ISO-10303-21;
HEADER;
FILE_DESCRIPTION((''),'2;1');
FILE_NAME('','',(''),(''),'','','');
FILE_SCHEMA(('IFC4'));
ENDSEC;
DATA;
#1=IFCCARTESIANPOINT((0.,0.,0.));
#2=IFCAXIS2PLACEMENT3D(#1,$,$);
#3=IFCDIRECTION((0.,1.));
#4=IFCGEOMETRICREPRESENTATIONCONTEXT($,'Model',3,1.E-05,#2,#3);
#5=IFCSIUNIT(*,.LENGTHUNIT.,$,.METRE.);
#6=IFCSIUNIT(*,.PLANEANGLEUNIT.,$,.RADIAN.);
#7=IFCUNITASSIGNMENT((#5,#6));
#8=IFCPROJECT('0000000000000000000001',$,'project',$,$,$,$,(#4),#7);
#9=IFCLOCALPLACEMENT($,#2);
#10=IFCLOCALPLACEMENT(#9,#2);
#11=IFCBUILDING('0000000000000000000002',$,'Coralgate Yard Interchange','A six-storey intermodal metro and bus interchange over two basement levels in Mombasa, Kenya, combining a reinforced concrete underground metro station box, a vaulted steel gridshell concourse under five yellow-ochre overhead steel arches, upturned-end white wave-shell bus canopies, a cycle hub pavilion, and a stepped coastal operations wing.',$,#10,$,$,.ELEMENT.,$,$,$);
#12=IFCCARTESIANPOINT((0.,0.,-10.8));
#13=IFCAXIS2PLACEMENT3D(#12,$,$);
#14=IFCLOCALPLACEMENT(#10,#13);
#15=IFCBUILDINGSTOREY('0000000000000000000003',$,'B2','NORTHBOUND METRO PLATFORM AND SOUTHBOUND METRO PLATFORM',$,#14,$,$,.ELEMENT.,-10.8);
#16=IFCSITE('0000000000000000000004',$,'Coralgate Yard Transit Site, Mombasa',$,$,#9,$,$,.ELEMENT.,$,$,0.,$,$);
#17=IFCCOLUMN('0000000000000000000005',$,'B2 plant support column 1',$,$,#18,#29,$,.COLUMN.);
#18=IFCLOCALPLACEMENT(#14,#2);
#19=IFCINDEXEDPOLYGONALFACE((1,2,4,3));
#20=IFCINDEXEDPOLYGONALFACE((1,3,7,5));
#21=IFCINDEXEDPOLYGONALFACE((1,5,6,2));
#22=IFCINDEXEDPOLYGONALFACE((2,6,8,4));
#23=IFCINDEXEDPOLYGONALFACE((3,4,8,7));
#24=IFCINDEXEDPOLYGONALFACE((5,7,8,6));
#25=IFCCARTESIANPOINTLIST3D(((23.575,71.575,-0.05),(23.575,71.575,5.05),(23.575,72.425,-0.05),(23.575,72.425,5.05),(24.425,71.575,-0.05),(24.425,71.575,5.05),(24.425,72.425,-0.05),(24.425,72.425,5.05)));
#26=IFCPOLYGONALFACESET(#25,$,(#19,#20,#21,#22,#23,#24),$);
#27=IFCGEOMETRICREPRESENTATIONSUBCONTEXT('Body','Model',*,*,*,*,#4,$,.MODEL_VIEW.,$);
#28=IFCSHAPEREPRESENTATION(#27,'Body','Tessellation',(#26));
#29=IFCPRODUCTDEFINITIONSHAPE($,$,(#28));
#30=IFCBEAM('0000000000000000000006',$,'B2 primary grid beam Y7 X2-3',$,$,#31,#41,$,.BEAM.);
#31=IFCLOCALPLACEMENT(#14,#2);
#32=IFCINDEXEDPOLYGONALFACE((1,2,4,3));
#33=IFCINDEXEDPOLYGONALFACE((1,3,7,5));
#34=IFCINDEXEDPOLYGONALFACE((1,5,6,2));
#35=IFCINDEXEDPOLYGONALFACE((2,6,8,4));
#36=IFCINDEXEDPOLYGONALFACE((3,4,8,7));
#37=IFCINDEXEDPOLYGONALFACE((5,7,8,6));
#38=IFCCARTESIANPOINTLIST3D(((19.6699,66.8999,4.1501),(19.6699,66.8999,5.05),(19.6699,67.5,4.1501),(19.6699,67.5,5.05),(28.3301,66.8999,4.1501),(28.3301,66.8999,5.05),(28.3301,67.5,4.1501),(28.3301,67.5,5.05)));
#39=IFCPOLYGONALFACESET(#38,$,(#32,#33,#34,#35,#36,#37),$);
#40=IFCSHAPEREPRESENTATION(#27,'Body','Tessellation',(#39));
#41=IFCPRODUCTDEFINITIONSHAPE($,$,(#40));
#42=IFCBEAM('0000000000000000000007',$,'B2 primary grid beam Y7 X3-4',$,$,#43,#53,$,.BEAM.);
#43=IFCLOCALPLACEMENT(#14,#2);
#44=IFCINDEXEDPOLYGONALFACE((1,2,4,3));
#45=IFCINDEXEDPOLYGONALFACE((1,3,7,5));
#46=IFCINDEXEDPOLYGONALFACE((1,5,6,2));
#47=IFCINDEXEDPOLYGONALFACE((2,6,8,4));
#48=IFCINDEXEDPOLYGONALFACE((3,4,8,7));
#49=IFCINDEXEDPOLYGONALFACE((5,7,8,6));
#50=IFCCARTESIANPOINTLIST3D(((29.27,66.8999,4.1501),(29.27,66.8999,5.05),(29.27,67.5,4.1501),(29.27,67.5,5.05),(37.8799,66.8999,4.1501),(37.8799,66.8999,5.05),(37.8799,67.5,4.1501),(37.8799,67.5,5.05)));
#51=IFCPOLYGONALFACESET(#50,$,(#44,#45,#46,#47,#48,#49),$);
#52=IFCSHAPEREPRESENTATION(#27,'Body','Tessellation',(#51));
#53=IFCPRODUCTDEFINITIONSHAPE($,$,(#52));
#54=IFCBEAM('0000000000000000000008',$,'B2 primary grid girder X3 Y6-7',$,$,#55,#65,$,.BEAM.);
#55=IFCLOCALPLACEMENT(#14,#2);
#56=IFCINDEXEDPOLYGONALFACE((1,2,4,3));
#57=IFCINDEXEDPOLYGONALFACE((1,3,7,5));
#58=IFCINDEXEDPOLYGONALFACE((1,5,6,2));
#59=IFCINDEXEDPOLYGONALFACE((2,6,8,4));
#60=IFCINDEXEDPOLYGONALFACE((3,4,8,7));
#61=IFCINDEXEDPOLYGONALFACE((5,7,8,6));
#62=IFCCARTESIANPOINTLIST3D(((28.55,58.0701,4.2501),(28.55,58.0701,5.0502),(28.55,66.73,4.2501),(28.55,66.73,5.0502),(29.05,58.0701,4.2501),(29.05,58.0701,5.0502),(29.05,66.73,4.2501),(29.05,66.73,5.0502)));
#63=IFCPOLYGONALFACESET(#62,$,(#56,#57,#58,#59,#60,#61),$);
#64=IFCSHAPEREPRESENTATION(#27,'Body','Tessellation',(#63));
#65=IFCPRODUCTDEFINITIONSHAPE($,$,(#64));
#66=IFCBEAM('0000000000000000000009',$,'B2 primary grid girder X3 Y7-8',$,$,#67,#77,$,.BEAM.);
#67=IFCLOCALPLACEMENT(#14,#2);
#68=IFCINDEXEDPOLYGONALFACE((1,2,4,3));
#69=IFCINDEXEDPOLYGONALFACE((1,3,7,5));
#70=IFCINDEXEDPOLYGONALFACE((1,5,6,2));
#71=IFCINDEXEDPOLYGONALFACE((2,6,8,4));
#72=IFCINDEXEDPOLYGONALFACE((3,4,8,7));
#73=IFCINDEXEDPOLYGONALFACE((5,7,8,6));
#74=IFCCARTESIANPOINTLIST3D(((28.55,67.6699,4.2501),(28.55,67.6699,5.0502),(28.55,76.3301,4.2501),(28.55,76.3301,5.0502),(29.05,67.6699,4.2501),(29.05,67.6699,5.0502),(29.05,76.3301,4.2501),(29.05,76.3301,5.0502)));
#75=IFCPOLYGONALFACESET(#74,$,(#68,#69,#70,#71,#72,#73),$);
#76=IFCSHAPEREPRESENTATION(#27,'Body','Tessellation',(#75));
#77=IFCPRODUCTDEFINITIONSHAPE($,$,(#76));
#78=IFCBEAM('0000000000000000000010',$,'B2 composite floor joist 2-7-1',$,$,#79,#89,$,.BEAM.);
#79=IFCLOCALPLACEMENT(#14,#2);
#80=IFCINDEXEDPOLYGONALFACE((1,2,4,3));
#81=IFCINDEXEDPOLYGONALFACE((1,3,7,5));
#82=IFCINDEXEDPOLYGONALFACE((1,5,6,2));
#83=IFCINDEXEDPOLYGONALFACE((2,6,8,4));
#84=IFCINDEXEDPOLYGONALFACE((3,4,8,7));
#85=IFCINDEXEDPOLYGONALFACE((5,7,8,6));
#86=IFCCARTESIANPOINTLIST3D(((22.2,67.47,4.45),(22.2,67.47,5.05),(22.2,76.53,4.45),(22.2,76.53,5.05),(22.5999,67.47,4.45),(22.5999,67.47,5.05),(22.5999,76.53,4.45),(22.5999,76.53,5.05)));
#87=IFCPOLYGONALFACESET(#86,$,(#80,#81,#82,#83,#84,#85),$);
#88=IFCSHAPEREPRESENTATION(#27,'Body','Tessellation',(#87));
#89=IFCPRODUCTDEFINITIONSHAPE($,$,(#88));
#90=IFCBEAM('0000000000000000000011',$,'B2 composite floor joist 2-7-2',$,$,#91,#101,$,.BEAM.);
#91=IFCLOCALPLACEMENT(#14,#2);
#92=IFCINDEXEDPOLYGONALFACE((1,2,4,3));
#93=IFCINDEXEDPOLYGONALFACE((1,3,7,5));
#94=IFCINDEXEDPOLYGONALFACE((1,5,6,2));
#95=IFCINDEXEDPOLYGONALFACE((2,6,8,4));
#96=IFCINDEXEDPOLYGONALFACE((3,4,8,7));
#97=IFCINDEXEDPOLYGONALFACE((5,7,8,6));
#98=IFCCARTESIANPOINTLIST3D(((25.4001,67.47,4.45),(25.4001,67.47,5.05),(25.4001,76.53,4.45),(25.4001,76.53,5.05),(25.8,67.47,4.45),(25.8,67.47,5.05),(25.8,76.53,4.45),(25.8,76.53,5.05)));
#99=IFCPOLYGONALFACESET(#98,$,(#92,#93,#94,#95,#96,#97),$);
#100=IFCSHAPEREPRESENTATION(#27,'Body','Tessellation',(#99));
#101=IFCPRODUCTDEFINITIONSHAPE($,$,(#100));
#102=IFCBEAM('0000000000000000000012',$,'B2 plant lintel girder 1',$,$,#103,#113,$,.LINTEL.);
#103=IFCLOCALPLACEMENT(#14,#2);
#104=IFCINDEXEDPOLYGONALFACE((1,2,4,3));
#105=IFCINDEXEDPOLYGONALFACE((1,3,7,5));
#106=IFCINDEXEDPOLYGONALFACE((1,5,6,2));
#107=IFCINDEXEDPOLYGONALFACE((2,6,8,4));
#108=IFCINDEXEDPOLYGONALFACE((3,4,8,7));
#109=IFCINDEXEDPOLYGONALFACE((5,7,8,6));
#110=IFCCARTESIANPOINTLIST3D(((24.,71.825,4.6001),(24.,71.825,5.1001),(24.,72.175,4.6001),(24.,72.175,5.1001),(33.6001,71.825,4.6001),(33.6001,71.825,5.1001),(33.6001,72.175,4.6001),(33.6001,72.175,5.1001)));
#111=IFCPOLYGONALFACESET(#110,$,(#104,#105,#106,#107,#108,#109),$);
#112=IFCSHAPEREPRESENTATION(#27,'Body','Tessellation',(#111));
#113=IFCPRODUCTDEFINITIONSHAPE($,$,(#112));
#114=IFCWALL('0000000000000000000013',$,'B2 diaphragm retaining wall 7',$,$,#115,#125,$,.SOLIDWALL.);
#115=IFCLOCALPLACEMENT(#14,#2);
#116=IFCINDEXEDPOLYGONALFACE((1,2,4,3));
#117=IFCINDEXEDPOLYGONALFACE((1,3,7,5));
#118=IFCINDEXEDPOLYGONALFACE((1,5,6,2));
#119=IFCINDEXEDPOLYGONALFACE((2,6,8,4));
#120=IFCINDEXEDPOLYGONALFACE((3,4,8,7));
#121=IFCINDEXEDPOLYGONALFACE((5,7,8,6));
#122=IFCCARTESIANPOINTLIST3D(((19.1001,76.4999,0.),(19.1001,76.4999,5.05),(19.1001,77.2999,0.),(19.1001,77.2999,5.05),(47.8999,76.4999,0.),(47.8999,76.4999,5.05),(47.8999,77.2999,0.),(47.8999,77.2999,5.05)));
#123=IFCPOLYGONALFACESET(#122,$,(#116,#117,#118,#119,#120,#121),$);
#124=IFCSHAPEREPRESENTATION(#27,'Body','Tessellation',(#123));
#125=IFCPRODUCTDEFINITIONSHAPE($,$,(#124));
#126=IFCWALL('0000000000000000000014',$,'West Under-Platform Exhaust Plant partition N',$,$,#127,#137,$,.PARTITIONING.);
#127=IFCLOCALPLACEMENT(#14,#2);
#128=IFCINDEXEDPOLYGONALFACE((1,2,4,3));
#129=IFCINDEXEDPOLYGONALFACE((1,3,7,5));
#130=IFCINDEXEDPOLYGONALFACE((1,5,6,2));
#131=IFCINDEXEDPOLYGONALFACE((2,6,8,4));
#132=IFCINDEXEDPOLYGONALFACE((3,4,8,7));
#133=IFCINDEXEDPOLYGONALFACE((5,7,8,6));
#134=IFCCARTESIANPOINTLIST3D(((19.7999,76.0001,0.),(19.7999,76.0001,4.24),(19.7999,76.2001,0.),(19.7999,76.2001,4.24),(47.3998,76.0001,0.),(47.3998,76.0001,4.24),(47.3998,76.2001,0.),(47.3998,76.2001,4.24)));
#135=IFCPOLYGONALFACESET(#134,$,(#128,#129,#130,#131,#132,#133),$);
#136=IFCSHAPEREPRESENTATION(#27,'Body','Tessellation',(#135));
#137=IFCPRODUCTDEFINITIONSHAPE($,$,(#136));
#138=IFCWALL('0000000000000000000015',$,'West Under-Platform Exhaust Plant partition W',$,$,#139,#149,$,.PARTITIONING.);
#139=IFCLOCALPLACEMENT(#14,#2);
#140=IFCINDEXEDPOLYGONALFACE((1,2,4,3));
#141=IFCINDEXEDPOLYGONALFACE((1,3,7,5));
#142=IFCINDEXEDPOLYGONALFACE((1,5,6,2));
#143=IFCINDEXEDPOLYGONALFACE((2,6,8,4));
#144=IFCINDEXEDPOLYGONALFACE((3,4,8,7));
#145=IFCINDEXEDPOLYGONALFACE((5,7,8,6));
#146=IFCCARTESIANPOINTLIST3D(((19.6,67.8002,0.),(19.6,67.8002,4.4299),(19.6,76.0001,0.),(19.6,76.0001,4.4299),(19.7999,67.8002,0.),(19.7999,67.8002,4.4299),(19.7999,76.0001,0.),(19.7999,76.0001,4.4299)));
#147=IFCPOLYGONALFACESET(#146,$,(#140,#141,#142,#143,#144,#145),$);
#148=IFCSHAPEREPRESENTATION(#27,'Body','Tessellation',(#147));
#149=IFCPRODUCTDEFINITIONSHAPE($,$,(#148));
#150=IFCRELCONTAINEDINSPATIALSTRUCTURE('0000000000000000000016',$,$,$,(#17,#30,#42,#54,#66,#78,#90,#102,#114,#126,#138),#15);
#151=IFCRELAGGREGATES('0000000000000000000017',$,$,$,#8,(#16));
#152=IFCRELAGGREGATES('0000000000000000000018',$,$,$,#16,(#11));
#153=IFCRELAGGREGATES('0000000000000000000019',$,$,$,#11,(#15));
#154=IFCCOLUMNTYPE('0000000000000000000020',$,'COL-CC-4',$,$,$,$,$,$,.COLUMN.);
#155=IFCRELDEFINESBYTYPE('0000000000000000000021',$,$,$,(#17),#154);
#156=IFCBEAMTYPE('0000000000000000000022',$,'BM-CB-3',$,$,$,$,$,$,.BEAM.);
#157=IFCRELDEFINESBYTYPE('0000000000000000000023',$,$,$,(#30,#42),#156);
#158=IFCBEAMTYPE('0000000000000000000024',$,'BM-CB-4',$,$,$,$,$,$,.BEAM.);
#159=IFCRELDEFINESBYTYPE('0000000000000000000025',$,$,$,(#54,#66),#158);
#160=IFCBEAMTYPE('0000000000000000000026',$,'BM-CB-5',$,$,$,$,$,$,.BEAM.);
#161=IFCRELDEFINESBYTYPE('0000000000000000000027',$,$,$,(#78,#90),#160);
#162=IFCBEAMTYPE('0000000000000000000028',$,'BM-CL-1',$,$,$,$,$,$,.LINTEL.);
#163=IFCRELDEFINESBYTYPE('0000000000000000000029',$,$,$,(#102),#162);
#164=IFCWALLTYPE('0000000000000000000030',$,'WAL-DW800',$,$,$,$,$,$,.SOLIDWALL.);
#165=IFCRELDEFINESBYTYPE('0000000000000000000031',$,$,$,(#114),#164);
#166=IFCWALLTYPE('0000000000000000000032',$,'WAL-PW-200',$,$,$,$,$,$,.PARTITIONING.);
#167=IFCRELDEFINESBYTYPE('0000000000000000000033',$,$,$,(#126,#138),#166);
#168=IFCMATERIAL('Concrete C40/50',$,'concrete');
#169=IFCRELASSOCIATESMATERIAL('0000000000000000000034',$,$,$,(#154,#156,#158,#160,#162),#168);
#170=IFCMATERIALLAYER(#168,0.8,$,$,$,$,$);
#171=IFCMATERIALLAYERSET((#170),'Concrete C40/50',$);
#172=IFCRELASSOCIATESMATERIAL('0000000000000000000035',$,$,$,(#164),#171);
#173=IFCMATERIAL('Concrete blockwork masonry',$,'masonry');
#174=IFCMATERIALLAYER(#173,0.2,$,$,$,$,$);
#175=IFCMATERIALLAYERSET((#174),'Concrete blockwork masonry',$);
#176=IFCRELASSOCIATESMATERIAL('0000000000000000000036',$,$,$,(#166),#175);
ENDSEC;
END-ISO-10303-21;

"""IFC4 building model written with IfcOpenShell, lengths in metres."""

from ifc_helpers import new_model, si_unit, direction, frame, frame_2d, origin, origin_2d, place, context, subcontext, project, spatial, rectangle, extrude, material, layer, layer_set, material_profile, profile_set, type_object, element, save


model = new_model("IFC4")

# Units and contexts
model_context = context("Model", 3, precision=1e-05, world=origin(), true_north=direction((0.0, 1.0)))
body_context = subcontext(model_context, "Body", "Model", "MODEL_VIEW")
ifc_project = project(units=[si_unit("LENGTHUNIT", "METRE"), si_unit("PLANEANGLEUNIT", "RADIAN")], contexts=[model_context])

# Site, building, storey
site_placement = place(None, origin())
site = spatial("IfcSite", under=ifc_project, at=site_placement, Name="Coralgate Yard Transit Site, Mombasa", CompositionType="ELEMENT", RefElevation=0.0)
building_placement = place(site_placement, origin())
building = spatial("IfcBuilding", under=site, at=building_placement, Name="Coralgate Yard Interchange", Description="A six-storey intermodal metro and bus interchange over two basement levels in Mombasa, Kenya, combining a reinforced concrete underground metro station box, a vaulted steel gridshell concourse under five yellow-ochre overhead steel arches, upturned-end white wave-shell bus canopies, a cycle hub pavilion, and a stepped coastal operations wing.", CompositionType="ELEMENT")
storey_placement = place(building_placement, frame((0.0, 0.0, -10.8)))
storey = spatial("IfcBuildingStorey", under=building, at=storey_placement, Name="B2", Description="NORTHBOUND METRO PLATFORM AND SOUTHBOUND METRO PLATFORM", CompositionType="ELEMENT", Elevation=-10.8)

# Shared definitions
ifc_material_1 = material(Name="Concrete C40/50", Category="concrete")

# Column
ifc_material_profile_1 = material_profile(ifc_material_1, rectangle(XDim=0.8501, YDim=0.8501, at=origin_2d()), Name="RC 850x850")
ifc_profile_set_1 = profile_set([ifc_material_profile_1], Name="Concrete C40/50")
column_type_1 = type_object("IfcColumnType", Name="COL-CC-4", PredefinedType="COLUMN", material=ifc_profile_set_1)
column_placement = place(storey_placement, frame((24.0, 72.0, -0.05), z_axis=(0.0, 0.0, 1.0), x_axis=(1.0, 0.0, 0.0)))
element("IfcColumn", 1, at=column_placement, inside=storey, type_object=column_type_1, Name="B2 plant support column 1", PredefinedType="COLUMN", context=body_context, shape_type="SweptSolid", body=[
    extrude(rectangle(XDim=0.8501, YDim=0.8501, at=origin_2d()), origin(), (0.0, 0.0, 1.0), 5.1001),
])

# Beams
ifc_material_profile_2 = material_profile(ifc_material_1, rectangle(XDim=0.6001, YDim=0.8999, at=origin_2d()), Name="RC 600x900")
ifc_profile_set_2 = profile_set([ifc_material_profile_2], Name="Concrete C40/50")
beam_type_1 = type_object("IfcBeamType", Name="BM-CB-3", PredefinedType="BEAM", material=ifc_profile_set_2)
beam_1_placement = place(storey_placement, frame((19.6699, 67.2, 4.6001), z_axis=(1.0, 0.0, 0.0), x_axis=(0.0, 1.0, 0.0)))
element("IfcBeam", 2, at=beam_1_placement, inside=storey, type_object=beam_type_1, Name="B2 primary grid beam Y7 X2-3", PredefinedType="BEAM", context=body_context, shape_type="SweptSolid", body=[
    extrude(rectangle(XDim=0.6001, YDim=0.8999, at=origin_2d()), origin(), (0.0, 0.0, 1.0), 8.6602),
])
beam_2_placement = place(storey_placement, frame((29.27, 67.2, 4.6001), z_axis=(1.0, 0.0, 0.0), x_axis=(0.0, 1.0, 0.0)))
element("IfcBeam", 3, at=beam_2_placement, inside=storey, type_object=beam_type_1, Name="B2 primary grid beam Y7 X3-4", PredefinedType="BEAM", context=body_context, shape_type="SweptSolid", body=[
    extrude(rectangle(XDim=0.6001, YDim=0.8999, at=origin_2d()), origin(), (0.0, 0.0, 1.0), 8.6099),
])
ifc_material_profile_3 = material_profile(ifc_material_1, rectangle(XDim=0.5, YDim=0.8, at=origin_2d()), Name="RC 500x800")
ifc_profile_set_3 = profile_set([ifc_material_profile_3], Name="Concrete C40/50")
beam_type_2 = type_object("IfcBeamType", Name="BM-CB-4", PredefinedType="BEAM", material=ifc_profile_set_3)
beam_3_placement = place(storey_placement, frame((28.8, 58.0701, 4.6501), z_axis=(0.0, 1.0, 0.0), x_axis=(-1.0, 0.0, 0.0)))
element("IfcBeam", 4, at=beam_3_placement, inside=storey, type_object=beam_type_2, Name="B2 primary grid girder X3 Y6-7", PredefinedType="BEAM", context=body_context, shape_type="SweptSolid", body=[
    extrude(rectangle(XDim=0.5, YDim=0.8, at=origin_2d()), origin(), (0.0, 0.0, 1.0), 8.6599),
])
beam_4_placement = place(storey_placement, frame((28.8, 67.6699, 4.6501), z_axis=(0.0, 1.0, 0.0), x_axis=(-1.0, 0.0, 0.0)))
element("IfcBeam", 5, at=beam_4_placement, inside=storey, type_object=beam_type_2, Name="B2 primary grid girder X3 Y7-8", PredefinedType="BEAM", context=body_context, shape_type="SweptSolid", body=[
    extrude(rectangle(XDim=0.5, YDim=0.8, at=origin_2d()), origin(), (0.0, 0.0, 1.0), 8.6602),
])
ifc_material_profile_4 = material_profile(ifc_material_1, rectangle(XDim=0.3999, YDim=0.6001, at=origin_2d()), Name="RC 400x600")
ifc_profile_set_4 = profile_set([ifc_material_profile_4], Name="Concrete C40/50")
beam_type_3 = type_object("IfcBeamType", Name="BM-CB-5", PredefinedType="BEAM", material=ifc_profile_set_4)
for number, where, z_axis, x_axis, name in (
    (6, (22.3999, 67.47, 4.75), (0.0, 1.0, 0.0), (-1.0, 0.0, 0.0), "B2 composite floor joist 2-7-1"),
    (7, (25.6001, 67.47, 4.75), (0.0, 1.0, 0.0), (-1.0, 0.0, 0.0), "B2 composite floor joist 2-7-2"),
):
    element("IfcBeam", number, at=place(storey_placement, frame(where, z_axis=z_axis, x_axis=x_axis)), inside=storey, type_object=beam_type_3, Name=name, PredefinedType="BEAM", context=body_context, shape_type="SweptSolid", body=[
        extrude(rectangle(XDim=0.3999, YDim=0.6001, at=origin_2d()), origin(), (0.0, 0.0, 1.0), 9.0601),
    ])
ifc_material_profile_5 = material_profile(ifc_material_1, rectangle(XDim=0.3501, YDim=0.5, at=origin_2d()), Name="RC 350x500")
ifc_profile_set_5 = profile_set([ifc_material_profile_5], Name="Concrete C40/50")
beam_type_4 = type_object("IfcBeamType", Name="BM-CL-1", PredefinedType="LINTEL", material=ifc_profile_set_5)
beam_5_placement = place(storey_placement, frame((24.0, 72.0, 4.8501), z_axis=(1.0, 0.0, 0.0), x_axis=(0.0, 1.0, 0.0)))
element("IfcBeam", 8, at=beam_5_placement, inside=storey, type_object=beam_type_4, Name="B2 plant lintel girder 1", PredefinedType="LINTEL", context=body_context, shape_type="SweptSolid", body=[
    extrude(rectangle(XDim=0.3501, YDim=0.5, at=origin_2d()), origin(), (0.0, 0.0, 1.0), 9.6001),
])

# Walls
ifc_layer_1 = layer(ifc_material_1, 0.8)
ifc_layer_set_1 = layer_set([ifc_layer_1], Name="Concrete C40/50")
wall_type_1 = type_object("IfcWallType", Name="WAL-DW800", PredefinedType="SOLIDWALL", material=ifc_layer_set_1)
wall_1_placement = place(storey_placement, frame((19.1001, 76.8999, 0.0), z_axis=(0.0, 0.0, 1.0), x_axis=(1.0, 0.0, 0.0)))
element("IfcWall", 9, at=wall_1_placement, inside=storey, type_object=wall_type_1, Name="B2 diaphragm retaining wall 7", PredefinedType="SOLIDWALL", context=body_context, shape_type="SweptSolid", body=[
    extrude(rectangle(XDim=28.7998, YDim=0.8, at=frame_2d((14.3999, 0.0))), origin(), (0.0, 0.0, 1.0), 5.05),
])
ifc_material_2 = material(Name="Concrete blockwork masonry", Category="masonry")
ifc_layer_2 = layer(ifc_material_2, 0.2)
ifc_layer_set_2 = layer_set([ifc_layer_2], Name="Concrete blockwork masonry")
wall_type_2 = type_object("IfcWallType", Name="WAL-PW-200", PredefinedType="PARTITIONING", material=ifc_layer_set_2)
wall_2_placement = place(storey_placement, frame((19.8, 76.1001, 0.0), z_axis=(0.0, 0.0, 1.0), x_axis=(1.0, 0.0, 0.0)))
element("IfcWall", 10, at=wall_2_placement, inside=storey, type_object=wall_type_2, Name="West Under-Platform Exhaust Plant partition N", PredefinedType="PARTITIONING", context=body_context, shape_type="SweptSolid", body=[
    extrude(rectangle(XDim=27.5999, YDim=0.2, at=frame_2d((13.7998, 0.0))), origin(), (0.0, 0.0, 1.0), 4.24),
])
wall_3_placement = place(storey_placement, frame((19.7, 67.8, 0.0), z_axis=(0.0, 0.0, 1.0), x_axis=(0.0, 1.0, 0.0)))
element("IfcWall", 11, at=wall_3_placement, inside=storey, type_object=wall_type_2, Name="West Under-Platform Exhaust Plant partition W", PredefinedType="PARTITIONING", context=body_context, shape_type="SweptSolid", body=[
    extrude(rectangle(XDim=8.2, YDim=0.2, at=frame_2d((4.1001, 0.0))), origin(), (0.0, 0.0, 1.0), 4.4299),
])

save(model, "model.ifc")
